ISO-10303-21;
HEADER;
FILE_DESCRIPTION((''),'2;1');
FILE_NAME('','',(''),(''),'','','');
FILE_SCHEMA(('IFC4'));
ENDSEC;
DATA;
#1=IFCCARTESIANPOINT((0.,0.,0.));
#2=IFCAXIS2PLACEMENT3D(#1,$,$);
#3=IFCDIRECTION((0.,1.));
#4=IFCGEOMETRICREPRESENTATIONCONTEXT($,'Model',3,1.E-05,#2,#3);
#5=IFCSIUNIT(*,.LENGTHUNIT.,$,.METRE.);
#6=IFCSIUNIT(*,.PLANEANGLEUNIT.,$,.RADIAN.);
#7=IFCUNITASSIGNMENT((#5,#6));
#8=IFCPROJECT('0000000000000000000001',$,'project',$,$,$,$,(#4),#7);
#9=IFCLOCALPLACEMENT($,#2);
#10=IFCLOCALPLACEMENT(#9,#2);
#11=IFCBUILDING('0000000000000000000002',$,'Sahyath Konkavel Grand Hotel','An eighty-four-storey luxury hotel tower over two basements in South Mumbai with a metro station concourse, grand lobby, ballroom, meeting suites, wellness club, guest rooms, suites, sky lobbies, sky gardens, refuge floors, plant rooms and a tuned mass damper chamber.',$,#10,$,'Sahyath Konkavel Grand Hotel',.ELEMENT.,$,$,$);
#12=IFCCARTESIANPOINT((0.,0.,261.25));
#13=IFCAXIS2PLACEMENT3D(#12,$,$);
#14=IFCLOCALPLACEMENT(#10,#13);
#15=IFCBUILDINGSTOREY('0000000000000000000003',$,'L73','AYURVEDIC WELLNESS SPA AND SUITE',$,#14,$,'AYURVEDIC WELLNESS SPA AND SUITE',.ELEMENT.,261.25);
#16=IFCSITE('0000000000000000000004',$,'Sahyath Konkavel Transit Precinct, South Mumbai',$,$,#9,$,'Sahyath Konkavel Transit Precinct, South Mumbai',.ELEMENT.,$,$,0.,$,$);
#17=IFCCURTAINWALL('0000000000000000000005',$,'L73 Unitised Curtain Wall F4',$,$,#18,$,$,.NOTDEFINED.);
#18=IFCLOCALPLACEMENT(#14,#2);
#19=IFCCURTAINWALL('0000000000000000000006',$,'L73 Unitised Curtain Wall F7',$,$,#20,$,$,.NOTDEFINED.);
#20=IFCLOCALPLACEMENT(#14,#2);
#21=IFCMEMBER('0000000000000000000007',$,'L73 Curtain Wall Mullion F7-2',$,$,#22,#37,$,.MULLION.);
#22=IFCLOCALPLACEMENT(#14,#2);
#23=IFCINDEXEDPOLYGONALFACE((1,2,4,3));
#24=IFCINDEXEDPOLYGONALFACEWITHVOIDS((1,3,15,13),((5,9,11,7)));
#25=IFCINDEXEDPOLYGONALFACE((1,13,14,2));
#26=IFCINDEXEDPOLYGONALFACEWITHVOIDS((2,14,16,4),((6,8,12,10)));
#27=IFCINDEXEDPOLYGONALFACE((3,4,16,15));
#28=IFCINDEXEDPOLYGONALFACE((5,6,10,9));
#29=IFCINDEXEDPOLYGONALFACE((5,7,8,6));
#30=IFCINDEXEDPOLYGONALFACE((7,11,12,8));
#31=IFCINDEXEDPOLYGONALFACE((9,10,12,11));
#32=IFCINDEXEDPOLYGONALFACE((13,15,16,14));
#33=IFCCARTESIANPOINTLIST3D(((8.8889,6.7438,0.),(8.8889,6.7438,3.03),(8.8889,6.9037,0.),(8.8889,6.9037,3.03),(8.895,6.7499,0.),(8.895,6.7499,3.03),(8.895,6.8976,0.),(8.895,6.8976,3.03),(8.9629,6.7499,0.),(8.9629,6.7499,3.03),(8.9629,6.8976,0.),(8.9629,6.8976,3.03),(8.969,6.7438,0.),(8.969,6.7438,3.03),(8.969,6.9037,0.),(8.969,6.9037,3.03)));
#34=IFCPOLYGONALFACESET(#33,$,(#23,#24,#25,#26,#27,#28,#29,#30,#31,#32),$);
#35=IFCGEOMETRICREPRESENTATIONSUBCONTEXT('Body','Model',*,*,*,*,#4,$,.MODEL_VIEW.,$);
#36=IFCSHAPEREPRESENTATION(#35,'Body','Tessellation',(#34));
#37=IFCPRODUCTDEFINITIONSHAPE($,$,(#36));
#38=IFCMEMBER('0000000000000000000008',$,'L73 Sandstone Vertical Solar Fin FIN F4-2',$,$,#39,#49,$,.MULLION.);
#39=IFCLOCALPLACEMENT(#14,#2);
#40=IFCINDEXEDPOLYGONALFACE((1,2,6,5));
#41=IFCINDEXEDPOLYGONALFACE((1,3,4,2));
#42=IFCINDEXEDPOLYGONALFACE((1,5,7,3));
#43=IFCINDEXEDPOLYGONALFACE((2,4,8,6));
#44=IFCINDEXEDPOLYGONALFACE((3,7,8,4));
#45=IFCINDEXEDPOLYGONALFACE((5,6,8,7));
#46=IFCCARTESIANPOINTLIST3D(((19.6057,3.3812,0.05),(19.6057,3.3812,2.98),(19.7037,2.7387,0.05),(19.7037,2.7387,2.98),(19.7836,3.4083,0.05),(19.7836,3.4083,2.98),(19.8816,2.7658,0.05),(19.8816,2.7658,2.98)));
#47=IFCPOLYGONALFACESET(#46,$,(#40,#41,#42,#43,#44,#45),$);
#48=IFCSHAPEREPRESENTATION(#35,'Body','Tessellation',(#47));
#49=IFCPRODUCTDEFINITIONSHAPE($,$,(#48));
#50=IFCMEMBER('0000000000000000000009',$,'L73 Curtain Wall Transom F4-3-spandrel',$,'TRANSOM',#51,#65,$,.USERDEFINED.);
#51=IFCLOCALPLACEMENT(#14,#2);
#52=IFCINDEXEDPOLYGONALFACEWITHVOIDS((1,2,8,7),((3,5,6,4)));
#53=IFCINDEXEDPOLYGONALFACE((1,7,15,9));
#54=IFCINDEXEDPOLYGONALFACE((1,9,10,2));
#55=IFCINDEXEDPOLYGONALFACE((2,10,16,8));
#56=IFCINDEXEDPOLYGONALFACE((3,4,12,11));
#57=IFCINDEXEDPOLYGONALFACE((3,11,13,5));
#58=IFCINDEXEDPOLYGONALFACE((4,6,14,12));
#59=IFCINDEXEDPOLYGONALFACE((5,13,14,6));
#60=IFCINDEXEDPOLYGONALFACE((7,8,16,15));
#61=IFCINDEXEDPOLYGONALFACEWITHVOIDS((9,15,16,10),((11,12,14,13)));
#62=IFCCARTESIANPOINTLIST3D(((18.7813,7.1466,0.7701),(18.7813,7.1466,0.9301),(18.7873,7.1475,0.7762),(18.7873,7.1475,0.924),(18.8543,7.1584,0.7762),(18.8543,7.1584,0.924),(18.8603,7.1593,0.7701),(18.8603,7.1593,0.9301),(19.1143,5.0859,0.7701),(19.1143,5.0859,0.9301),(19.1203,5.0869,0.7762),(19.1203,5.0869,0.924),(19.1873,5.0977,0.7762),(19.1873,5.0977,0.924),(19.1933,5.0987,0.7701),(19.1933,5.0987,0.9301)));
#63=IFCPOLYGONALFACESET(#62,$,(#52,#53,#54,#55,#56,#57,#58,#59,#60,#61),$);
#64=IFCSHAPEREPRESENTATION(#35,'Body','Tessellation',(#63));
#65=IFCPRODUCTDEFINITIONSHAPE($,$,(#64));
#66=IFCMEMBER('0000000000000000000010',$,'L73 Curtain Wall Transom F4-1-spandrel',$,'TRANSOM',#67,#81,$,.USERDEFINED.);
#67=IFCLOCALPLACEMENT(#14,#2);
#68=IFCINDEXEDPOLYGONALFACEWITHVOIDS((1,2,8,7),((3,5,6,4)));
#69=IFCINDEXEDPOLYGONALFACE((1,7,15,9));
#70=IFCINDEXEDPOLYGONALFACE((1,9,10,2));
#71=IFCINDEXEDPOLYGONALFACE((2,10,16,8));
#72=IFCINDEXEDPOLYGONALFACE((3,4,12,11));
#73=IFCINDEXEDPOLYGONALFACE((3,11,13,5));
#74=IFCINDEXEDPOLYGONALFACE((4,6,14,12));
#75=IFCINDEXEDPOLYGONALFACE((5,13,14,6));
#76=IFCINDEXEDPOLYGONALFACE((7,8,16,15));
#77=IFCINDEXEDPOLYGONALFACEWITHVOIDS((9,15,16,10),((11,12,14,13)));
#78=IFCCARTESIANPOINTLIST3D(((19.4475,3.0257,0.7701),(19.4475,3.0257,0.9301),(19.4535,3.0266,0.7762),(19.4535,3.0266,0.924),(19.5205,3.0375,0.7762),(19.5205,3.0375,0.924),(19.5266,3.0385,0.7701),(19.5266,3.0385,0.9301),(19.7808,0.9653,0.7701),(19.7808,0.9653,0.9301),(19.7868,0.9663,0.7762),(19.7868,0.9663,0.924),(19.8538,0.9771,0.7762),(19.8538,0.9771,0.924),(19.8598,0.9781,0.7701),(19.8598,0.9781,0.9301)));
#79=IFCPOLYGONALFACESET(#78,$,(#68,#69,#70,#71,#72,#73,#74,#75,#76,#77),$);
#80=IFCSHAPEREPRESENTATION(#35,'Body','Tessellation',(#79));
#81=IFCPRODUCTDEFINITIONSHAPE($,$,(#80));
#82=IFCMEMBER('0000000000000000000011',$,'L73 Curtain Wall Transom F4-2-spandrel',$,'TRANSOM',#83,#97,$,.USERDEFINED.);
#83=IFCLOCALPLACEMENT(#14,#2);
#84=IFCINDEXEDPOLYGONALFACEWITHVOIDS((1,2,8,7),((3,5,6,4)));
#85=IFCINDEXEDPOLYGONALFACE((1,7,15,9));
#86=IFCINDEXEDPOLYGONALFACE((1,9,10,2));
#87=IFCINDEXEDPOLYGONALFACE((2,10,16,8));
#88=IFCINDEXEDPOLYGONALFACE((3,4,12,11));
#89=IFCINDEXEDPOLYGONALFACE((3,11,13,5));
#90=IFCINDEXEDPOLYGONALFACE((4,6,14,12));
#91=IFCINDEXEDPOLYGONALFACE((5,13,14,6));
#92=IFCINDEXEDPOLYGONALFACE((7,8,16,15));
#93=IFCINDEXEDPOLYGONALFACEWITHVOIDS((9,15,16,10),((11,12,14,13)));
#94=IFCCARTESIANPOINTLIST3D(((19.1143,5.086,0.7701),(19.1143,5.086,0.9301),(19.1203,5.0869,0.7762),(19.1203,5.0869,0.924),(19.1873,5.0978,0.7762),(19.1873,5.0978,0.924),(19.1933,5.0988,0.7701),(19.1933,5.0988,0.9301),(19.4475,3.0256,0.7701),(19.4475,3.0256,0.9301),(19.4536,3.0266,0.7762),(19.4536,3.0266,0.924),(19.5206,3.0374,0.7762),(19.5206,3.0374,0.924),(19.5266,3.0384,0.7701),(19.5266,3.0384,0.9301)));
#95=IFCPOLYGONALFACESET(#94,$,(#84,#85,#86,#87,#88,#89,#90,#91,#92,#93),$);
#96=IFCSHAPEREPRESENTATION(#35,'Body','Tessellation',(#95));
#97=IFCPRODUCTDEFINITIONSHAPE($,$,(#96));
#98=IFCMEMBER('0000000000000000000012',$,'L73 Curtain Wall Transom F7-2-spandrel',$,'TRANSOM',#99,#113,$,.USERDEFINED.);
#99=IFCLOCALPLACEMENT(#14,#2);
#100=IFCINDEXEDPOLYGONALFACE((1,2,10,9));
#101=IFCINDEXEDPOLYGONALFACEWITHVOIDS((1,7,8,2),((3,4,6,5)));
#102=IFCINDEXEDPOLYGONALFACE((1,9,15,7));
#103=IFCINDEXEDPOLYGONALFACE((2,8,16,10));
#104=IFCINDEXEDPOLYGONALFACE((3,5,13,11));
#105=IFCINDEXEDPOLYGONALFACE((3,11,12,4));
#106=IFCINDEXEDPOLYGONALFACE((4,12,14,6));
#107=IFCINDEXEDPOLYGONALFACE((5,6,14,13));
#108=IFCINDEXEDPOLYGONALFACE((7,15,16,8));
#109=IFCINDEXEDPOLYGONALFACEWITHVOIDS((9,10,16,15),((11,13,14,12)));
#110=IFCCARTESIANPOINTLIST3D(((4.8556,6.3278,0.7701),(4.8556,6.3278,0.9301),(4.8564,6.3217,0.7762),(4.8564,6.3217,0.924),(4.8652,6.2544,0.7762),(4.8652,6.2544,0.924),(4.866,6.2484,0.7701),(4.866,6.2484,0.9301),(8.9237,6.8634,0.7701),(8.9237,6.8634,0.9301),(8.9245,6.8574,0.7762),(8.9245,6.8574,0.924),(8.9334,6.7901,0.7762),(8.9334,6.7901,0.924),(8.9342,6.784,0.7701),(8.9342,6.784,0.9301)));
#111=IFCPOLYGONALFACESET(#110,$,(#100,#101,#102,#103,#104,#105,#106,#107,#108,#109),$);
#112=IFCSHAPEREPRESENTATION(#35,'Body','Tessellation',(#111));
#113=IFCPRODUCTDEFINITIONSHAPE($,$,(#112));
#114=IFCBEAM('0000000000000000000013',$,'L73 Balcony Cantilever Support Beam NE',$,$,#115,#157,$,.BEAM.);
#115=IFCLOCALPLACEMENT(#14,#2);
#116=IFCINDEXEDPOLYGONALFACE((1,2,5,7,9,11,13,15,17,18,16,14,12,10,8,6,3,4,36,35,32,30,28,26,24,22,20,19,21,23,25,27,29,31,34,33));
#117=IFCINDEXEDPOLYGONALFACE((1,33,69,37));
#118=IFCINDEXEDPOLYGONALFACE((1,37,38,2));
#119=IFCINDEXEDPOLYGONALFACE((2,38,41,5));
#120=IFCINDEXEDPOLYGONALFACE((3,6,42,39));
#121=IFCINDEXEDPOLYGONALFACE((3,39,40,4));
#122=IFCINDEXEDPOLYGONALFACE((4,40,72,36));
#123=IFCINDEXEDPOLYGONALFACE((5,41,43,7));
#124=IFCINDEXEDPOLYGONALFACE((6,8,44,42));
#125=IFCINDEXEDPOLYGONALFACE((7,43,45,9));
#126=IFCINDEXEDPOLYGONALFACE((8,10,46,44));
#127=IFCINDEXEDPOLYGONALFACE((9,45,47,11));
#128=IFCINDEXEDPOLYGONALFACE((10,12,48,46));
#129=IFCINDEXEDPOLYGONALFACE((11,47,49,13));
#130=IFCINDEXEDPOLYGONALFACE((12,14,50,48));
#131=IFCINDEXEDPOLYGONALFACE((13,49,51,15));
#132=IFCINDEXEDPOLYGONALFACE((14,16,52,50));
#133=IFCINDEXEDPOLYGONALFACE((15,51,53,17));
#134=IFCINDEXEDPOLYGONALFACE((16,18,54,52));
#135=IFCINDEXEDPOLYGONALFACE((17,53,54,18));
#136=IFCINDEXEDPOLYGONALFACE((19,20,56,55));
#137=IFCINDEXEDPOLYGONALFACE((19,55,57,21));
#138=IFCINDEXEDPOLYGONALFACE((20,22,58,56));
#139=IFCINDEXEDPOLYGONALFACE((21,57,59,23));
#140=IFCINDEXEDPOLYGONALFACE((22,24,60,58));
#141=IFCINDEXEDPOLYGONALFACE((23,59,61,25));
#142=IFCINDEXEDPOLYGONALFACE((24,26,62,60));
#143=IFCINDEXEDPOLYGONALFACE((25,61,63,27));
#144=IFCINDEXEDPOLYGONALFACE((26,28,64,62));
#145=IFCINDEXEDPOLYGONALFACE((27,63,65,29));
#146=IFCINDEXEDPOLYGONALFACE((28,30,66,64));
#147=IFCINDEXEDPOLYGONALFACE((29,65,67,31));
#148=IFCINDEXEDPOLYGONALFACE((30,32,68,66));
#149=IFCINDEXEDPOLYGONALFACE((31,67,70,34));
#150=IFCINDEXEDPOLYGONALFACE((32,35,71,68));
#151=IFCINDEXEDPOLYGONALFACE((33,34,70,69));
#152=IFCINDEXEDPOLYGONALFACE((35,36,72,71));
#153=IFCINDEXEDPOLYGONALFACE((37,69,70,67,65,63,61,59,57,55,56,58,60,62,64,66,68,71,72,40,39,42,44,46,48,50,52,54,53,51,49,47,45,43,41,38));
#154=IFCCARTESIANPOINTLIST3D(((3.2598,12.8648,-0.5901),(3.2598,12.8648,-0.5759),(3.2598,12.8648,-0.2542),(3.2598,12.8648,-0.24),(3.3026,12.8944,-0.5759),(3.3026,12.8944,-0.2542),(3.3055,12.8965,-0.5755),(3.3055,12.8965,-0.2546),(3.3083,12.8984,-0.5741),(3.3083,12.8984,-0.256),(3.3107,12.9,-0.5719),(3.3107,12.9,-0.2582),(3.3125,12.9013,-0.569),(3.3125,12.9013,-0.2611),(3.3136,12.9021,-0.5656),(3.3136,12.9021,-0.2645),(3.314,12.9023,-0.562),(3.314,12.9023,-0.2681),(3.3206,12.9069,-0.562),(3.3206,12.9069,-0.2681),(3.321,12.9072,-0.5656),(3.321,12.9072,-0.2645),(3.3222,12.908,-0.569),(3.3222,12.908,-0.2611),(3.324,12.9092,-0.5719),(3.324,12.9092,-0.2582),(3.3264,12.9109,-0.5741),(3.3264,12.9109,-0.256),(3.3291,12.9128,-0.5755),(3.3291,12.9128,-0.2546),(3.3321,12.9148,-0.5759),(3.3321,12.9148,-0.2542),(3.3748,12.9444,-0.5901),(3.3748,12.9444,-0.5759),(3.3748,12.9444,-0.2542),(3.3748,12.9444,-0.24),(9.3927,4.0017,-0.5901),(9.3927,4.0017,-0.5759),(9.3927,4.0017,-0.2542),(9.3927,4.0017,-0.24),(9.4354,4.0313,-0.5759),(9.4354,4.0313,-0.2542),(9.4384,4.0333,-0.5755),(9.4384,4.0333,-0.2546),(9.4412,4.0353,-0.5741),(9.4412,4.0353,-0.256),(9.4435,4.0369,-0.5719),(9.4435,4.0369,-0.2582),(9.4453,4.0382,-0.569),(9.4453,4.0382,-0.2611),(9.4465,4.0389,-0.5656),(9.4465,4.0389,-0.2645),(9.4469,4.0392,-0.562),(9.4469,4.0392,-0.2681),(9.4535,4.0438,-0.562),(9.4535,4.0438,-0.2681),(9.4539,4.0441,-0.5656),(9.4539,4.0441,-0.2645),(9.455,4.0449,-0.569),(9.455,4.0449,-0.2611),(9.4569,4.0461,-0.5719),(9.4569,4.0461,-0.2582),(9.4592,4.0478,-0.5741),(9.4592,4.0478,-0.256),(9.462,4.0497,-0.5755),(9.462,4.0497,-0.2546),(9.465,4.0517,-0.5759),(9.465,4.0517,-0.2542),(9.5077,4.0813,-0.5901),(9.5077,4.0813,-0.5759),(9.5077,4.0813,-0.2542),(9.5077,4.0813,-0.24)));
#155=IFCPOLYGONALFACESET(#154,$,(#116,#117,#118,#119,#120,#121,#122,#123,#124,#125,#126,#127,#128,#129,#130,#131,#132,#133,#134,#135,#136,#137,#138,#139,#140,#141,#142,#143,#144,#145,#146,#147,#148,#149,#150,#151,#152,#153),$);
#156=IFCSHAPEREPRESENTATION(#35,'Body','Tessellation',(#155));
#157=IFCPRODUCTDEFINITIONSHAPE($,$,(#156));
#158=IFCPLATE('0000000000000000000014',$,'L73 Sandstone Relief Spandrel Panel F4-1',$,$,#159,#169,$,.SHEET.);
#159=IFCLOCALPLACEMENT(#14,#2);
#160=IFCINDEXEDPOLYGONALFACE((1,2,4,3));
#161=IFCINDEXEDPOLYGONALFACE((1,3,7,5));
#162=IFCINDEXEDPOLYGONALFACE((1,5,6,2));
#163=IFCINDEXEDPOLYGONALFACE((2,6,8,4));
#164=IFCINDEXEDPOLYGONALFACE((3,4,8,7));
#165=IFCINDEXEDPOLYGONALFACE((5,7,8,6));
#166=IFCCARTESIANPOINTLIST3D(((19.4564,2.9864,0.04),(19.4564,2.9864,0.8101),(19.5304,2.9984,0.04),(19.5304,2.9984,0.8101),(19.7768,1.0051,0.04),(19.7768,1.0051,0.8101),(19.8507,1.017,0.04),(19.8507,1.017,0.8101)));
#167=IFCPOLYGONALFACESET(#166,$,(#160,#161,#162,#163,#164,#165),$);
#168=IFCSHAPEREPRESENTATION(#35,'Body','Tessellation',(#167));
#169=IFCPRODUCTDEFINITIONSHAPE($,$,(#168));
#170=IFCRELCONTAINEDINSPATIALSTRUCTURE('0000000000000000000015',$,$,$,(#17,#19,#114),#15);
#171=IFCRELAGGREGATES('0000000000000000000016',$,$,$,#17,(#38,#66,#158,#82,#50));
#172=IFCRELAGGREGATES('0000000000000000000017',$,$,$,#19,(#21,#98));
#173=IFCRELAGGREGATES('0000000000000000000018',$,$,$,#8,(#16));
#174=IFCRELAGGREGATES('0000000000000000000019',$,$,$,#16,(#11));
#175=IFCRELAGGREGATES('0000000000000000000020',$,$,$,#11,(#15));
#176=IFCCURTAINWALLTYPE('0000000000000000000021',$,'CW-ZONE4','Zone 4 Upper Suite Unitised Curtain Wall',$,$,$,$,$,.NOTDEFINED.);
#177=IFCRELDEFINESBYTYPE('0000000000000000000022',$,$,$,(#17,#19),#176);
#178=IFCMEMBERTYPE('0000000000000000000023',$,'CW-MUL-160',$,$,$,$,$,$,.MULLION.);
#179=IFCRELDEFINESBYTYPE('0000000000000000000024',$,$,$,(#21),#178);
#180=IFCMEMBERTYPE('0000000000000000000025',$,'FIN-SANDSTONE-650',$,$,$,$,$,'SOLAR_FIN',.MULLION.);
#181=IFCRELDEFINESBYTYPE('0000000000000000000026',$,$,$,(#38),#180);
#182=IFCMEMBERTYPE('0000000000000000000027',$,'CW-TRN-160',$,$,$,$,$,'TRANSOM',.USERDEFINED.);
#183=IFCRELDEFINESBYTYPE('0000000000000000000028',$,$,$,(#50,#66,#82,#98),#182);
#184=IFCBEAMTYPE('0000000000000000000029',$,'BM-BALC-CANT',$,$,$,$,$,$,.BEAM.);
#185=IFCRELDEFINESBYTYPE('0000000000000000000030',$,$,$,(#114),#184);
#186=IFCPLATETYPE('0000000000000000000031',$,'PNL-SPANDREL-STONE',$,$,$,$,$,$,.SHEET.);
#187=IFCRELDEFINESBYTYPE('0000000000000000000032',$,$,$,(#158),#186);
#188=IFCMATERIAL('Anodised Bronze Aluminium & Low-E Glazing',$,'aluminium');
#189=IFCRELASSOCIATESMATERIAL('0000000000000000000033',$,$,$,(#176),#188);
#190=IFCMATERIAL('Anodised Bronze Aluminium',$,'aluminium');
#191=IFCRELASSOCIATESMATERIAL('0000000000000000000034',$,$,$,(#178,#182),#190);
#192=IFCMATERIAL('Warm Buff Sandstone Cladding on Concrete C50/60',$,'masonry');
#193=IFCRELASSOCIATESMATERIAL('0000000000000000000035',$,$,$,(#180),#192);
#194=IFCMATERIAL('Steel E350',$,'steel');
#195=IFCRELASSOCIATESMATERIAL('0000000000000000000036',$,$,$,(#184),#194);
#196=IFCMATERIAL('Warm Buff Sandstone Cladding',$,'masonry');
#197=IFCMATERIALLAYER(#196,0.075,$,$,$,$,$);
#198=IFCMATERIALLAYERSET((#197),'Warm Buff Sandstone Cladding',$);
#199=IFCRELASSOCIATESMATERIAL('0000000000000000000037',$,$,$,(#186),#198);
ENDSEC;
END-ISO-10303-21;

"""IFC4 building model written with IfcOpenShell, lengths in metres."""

from ifc_helpers import new_model, si_unit, direction, frame, origin, origin_2d, place, context, subcontext, project, spatial, rectangle, hollow_rectangle, i_section, extrude, source, transform, mapped, material, layer, layer_set, material_profile, profile_set, type_object, element, aggregate, save


model = new_model("IFC4")

# Units and contexts
model_context = context("Model", 3, precision=1e-05, world=origin(), true_north=direction((0.0, 1.0)))
body_context = subcontext(model_context, "Body", "Model", "MODEL_VIEW")
ifc_project = project(units=[si_unit("LENGTHUNIT", "METRE"), si_unit("PLANEANGLEUNIT", "RADIAN")], contexts=[model_context])

# Site, building, storey
site_placement = place(None, origin())
site = spatial("IfcSite", under=ifc_project, at=site_placement, Name="Sahyath Konkavel Transit Precinct, South Mumbai", LongName="Sahyath Konkavel Transit Precinct, South Mumbai", CompositionType="ELEMENT", RefElevation=0.0)
building_placement = place(site_placement, origin())
building = spatial("IfcBuilding", under=site, at=building_placement, Name="Sahyath Konkavel Grand Hotel", Description="An eighty-four-storey luxury hotel tower over two basements in South Mumbai with a metro station concourse, grand lobby, ballroom, meeting suites, wellness club, guest rooms, suites, sky lobbies, sky gardens, refuge floors, plant rooms and a tuned mass damper chamber.", LongName="Sahyath Konkavel Grand Hotel", CompositionType="ELEMENT")
storey_placement = place(building_placement, frame((0.0, 0.0, 261.25)))
storey = spatial("IfcBuildingStorey", under=building, at=storey_placement, Name="L73", Description="AYURVEDIC WELLNESS SPA AND SUITE", LongName="AYURVEDIC WELLNESS SPA AND SUITE", CompositionType="ELEMENT", Elevation=261.25)

# Shared definitions
ifc_material_1 = material(Name="Steel E350", Category="steel")

# Curtain wall
ifc_material_2 = material(Name="Anodised Bronze Aluminium & Low-E Glazing", Category="aluminium")
curtain_wall_type = type_object("IfcCurtainWallType", Name="CW-ZONE4", Description="Zone 4 Upper Suite Unitised Curtain Wall", PredefinedType="NOTDEFINED", material=ifc_material_2)
curtain_wall_1_placement = place(storey_placement, origin())
curtain_wall_1 = element("IfcCurtainWall", 1, at=curtain_wall_1_placement, inside=storey, type_object=curtain_wall_type, Name="L73 Unitised Curtain Wall F4", PredefinedType="NOTDEFINED")
ifc_material_3 = material(Name="Anodised Bronze Aluminium", Category="aluminium")
ifc_material_profile_1 = material_profile(ifc_material_3, hollow_rectangle(XDim=0.0801, YDim=0.1599, WallThickness=0.0061, at=origin_2d()), Name="RHS 160x80x6")
ifc_profile_set_1 = profile_set([ifc_material_profile_1], Name="Anodised Bronze Aluminium")
member_type_1 = type_object("IfcMemberType", Name="CW-MUL-160", PredefinedType="MULLION", material=ifc_profile_set_1)
shared_shape_1 = source(origin(), body_context, "Body", "SweptSolid", [
    extrude(hollow_rectangle(XDim=0.0801, YDim=0.1599, WallThickness=0.0061, at=origin_2d()), origin(), (0.0, 0.0, 1.0), 3.03),
])

# Curtain wall, member
curtain_wall_2_placement = place(storey_placement, origin())
curtain_wall_2 = element("IfcCurtainWall", 2, at=curtain_wall_2_placement, inside=storey, type_object=curtain_wall_type, Name="L73 Unitised Curtain Wall F7", PredefinedType="NOTDEFINED")
member_1_placement = place(storey_placement, frame((8.929, 6.8237, 0.0), z_axis=(0.0, 0.0, 1.0), x_axis=(1.0, 0.0, 0.0)))
member_1 = element("IfcMember", 3, at=member_1_placement, type_object=member_type_1, Name="L73 Curtain Wall Mullion F7-2", PredefinedType="MULLION", context=body_context, shape_type="MappedRepresentation", body=[
    mapped(shared_shape_1, transform((0.0, 0.0, 0.0), scale=1.0)),
])

# Members
ifc_material_4 = material(Name="Warm Buff Sandstone Cladding on Concrete C50/60", Category="masonry")
ifc_material_profile_2 = material_profile(ifc_material_4, rectangle(XDim=0.1799, YDim=0.6499, at=origin_2d()), Name="FIN 180x650")
ifc_profile_set_2 = profile_set([ifc_material_profile_2], Name="Warm Buff Sandstone Cladding on Concrete C50/60")
member_type_2 = type_object("IfcMemberType", Name="FIN-SANDSTONE-650", ElementType="SOLAR_FIN", PredefinedType="MULLION", material=ifc_profile_set_2)
shared_shape_2 = source(origin(), body_context, "Body", "SweptSolid", [
    extrude(rectangle(XDim=0.1799, YDim=0.6499, at=origin_2d()), origin(), (0.0, 0.0, 1.0), 2.9299),
])
member_2_placement = place(storey_placement, frame((19.7437, 3.0735, 0.05), z_axis=(0.0, 0.0, 1.0), x_axis=(0.988573, 0.150743, 0.0)))
member_2 = element("IfcMember", 4, at=member_2_placement, type_object=member_type_2, Name="L73 Sandstone Vertical Solar Fin FIN F4-2", PredefinedType="MULLION", context=body_context, shape_type="MappedRepresentation", body=[
    mapped(shared_shape_2, transform((0.0, 0.0, 0.0), scale=1.0)),
])
ifc_material_profile_3 = material_profile(ifc_material_3, hollow_rectangle(XDim=0.0801, YDim=0.1599, WallThickness=0.0061, at=origin_2d()), Name="RHS 160x80x6")
ifc_profile_set_3 = profile_set([ifc_material_profile_3], Name="Anodised Bronze Aluminium")
member_type_3 = type_object("IfcMemberType", Name="CW-TRN-160", ElementType="TRANSOM", PredefinedType="USERDEFINED", material=ifc_profile_set_3)
shared_shape_3 = source(origin(), body_context, "Body", "SweptSolid", [
    extrude(hollow_rectangle(XDim=0.0801, YDim=0.1599, WallThickness=0.0061, at=origin_2d()), origin(), (0.0, 0.0, 1.0), 2.0874),
])
member_3_placement = place(storey_placement, frame((19.1538, 5.0923, 0.8501), z_axis=(-0.159541, 0.987191, 0.0), x_axis=(-0.987191, -0.159541, 0.0)))
member_3 = element("IfcMember", 5, at=member_3_placement, type_object=member_type_3, Name="L73 Curtain Wall Transom F4-3-spandrel", ObjectType="TRANSOM", PredefinedType="USERDEFINED", context=body_context, shape_type="MappedRepresentation", body=[
    mapped(shared_shape_3, transform((0.0, 0.0, 0.0), scale=1.0)),
])
shared_shape_4 = source(origin(), body_context, "Body", "SweptSolid", [
    extrude(hollow_rectangle(XDim=0.0801, YDim=0.1599, WallThickness=0.0061, at=origin_2d()), origin(), (0.0, 0.0, 1.0), 2.0872),
])
member_4_placement = place(storey_placement, frame((19.8203, 0.9717, 0.8501), z_axis=(-0.159674, 0.98717, 0.0), x_axis=(-0.98717, -0.159674, 0.0)))
member_4 = element("IfcMember", 6, at=member_4_placement, type_object=member_type_3, Name="L73 Curtain Wall Transom F4-1-spandrel", ObjectType="TRANSOM", PredefinedType="USERDEFINED", context=body_context, shape_type="MappedRepresentation", body=[
    mapped(shared_shape_4, transform((0.0, 0.0, 0.0), scale=1.0)),
])
member_5_placement = place(storey_placement, frame((19.4871, 3.032, 0.8501), z_axis=(-0.159674, 0.98717, 0.0), x_axis=(-0.98717, -0.159674, 0.0)))
member_5 = element("IfcMember", 7, at=member_5_placement, type_object=member_type_3, Name="L73 Curtain Wall Transom F4-2-spandrel", ObjectType="TRANSOM", PredefinedType="USERDEFINED", context=body_context, shape_type="MappedRepresentation", body=[
    mapped(shared_shape_4, transform((0.0, 0.0, 0.0), scale=1.0)),
])
shared_shape_5 = source(origin(), body_context, "Body", "SweptSolid", [
    extrude(hollow_rectangle(XDim=0.0801, YDim=0.1599, WallThickness=0.0061, at=origin_2d()), origin(), (0.0, 0.0, 1.0), 4.1033),
])
member_6_placement = place(storey_placement, frame((8.929, 6.8237, 0.8501), z_axis=(-0.991443, -0.130542, 0.0), x_axis=(0.130542, -0.991443, 0.0)))
member_6 = element("IfcMember", 8, at=member_6_placement, type_object=member_type_3, Name="L73 Curtain Wall Transom F7-2-spandrel", ObjectType="TRANSOM", PredefinedType="USERDEFINED", context=body_context, shape_type="MappedRepresentation", body=[
    mapped(shared_shape_5, transform((0.0, 0.0, 0.0), scale=1.0)),
])

# Beam
ifc_material_profile_4 = material_profile(ifc_material_1, i_section(OverallWidth=0.1399, OverallDepth=0.3501, WebThickness=0.0081, FlangeThickness=0.0142, FilletRadius=0.0139, at=origin_2d()), Name="ISMB 350")
ifc_profile_set_4 = profile_set([ifc_material_profile_4], Name="Steel E350")
beam_type_1 = type_object("IfcBeamType", Name="BM-BALC-CANT", PredefinedType="BEAM", material=ifc_profile_set_4)
shared_shape_6 = source(origin(), body_context, "Body", "SweptSolid", [
    extrude(i_section(OverallWidth=0.1399, OverallDepth=0.3501, WebThickness=0.0081, FlangeThickness=0.0142, FilletRadius=0.0139, at=origin_2d()), origin(), (0.0, 0.0, 1.0), 10.7781),
])
beam_1_placement = place(storey_placement, frame((9.4502, 4.0415, -0.415), z_axis=(-0.569013, 0.822328, 0.0), x_axis=(-0.822328, -0.569013, 0.0)))
element("IfcBeam", 9, at=beam_1_placement, inside=storey, type_object=beam_type_1, Name="L73 Balcony Cantilever Support Beam NE", PredefinedType="BEAM", context=body_context, shape_type="MappedRepresentation", body=[
    mapped(shared_shape_6, transform((0.0, 0.0, 0.0), scale=1.0)),
])

# Plate
ifc_material_5 = material(Name="Warm Buff Sandstone Cladding", Category="masonry")
ifc_layer_1 = layer(ifc_material_5, 0.075)
ifc_layer_set_1 = layer_set([ifc_layer_1], Name="Warm Buff Sandstone Cladding")
plate_type_1 = type_object("IfcPlateType", Name="PNL-SPANDREL-STONE", PredefinedType="SHEET", material=ifc_layer_set_1)
shared_shape_7 = source(origin(), body_context, "Body", "SweptSolid", [
    extrude(rectangle(XDim=2.0071, YDim=0.075, at=origin_2d()), origin(), (0.0, 0.0, 1.0), 0.77),
])
plate_1_placement = place(storey_placement, frame((19.6536, 2.0017, 0.04), z_axis=(0.0, 0.0, 1.0), x_axis=(-0.159623, 0.987178, 0.0)))
plate_1 = element("IfcPlate", 10, at=plate_1_placement, type_object=plate_type_1, Name="L73 Sandstone Relief Spandrel Panel F4-1", PredefinedType="SHEET", context=body_context, shape_type="MappedRepresentation", body=[
    mapped(shared_shape_7, transform((0.0, 0.0, 0.0), scale=1.0)),
])
aggregate(curtain_wall_1, [member_2, member_4, plate_1, member_5, member_3])
aggregate(curtain_wall_2, [member_1, member_6])

save(model, "model.ifc")
